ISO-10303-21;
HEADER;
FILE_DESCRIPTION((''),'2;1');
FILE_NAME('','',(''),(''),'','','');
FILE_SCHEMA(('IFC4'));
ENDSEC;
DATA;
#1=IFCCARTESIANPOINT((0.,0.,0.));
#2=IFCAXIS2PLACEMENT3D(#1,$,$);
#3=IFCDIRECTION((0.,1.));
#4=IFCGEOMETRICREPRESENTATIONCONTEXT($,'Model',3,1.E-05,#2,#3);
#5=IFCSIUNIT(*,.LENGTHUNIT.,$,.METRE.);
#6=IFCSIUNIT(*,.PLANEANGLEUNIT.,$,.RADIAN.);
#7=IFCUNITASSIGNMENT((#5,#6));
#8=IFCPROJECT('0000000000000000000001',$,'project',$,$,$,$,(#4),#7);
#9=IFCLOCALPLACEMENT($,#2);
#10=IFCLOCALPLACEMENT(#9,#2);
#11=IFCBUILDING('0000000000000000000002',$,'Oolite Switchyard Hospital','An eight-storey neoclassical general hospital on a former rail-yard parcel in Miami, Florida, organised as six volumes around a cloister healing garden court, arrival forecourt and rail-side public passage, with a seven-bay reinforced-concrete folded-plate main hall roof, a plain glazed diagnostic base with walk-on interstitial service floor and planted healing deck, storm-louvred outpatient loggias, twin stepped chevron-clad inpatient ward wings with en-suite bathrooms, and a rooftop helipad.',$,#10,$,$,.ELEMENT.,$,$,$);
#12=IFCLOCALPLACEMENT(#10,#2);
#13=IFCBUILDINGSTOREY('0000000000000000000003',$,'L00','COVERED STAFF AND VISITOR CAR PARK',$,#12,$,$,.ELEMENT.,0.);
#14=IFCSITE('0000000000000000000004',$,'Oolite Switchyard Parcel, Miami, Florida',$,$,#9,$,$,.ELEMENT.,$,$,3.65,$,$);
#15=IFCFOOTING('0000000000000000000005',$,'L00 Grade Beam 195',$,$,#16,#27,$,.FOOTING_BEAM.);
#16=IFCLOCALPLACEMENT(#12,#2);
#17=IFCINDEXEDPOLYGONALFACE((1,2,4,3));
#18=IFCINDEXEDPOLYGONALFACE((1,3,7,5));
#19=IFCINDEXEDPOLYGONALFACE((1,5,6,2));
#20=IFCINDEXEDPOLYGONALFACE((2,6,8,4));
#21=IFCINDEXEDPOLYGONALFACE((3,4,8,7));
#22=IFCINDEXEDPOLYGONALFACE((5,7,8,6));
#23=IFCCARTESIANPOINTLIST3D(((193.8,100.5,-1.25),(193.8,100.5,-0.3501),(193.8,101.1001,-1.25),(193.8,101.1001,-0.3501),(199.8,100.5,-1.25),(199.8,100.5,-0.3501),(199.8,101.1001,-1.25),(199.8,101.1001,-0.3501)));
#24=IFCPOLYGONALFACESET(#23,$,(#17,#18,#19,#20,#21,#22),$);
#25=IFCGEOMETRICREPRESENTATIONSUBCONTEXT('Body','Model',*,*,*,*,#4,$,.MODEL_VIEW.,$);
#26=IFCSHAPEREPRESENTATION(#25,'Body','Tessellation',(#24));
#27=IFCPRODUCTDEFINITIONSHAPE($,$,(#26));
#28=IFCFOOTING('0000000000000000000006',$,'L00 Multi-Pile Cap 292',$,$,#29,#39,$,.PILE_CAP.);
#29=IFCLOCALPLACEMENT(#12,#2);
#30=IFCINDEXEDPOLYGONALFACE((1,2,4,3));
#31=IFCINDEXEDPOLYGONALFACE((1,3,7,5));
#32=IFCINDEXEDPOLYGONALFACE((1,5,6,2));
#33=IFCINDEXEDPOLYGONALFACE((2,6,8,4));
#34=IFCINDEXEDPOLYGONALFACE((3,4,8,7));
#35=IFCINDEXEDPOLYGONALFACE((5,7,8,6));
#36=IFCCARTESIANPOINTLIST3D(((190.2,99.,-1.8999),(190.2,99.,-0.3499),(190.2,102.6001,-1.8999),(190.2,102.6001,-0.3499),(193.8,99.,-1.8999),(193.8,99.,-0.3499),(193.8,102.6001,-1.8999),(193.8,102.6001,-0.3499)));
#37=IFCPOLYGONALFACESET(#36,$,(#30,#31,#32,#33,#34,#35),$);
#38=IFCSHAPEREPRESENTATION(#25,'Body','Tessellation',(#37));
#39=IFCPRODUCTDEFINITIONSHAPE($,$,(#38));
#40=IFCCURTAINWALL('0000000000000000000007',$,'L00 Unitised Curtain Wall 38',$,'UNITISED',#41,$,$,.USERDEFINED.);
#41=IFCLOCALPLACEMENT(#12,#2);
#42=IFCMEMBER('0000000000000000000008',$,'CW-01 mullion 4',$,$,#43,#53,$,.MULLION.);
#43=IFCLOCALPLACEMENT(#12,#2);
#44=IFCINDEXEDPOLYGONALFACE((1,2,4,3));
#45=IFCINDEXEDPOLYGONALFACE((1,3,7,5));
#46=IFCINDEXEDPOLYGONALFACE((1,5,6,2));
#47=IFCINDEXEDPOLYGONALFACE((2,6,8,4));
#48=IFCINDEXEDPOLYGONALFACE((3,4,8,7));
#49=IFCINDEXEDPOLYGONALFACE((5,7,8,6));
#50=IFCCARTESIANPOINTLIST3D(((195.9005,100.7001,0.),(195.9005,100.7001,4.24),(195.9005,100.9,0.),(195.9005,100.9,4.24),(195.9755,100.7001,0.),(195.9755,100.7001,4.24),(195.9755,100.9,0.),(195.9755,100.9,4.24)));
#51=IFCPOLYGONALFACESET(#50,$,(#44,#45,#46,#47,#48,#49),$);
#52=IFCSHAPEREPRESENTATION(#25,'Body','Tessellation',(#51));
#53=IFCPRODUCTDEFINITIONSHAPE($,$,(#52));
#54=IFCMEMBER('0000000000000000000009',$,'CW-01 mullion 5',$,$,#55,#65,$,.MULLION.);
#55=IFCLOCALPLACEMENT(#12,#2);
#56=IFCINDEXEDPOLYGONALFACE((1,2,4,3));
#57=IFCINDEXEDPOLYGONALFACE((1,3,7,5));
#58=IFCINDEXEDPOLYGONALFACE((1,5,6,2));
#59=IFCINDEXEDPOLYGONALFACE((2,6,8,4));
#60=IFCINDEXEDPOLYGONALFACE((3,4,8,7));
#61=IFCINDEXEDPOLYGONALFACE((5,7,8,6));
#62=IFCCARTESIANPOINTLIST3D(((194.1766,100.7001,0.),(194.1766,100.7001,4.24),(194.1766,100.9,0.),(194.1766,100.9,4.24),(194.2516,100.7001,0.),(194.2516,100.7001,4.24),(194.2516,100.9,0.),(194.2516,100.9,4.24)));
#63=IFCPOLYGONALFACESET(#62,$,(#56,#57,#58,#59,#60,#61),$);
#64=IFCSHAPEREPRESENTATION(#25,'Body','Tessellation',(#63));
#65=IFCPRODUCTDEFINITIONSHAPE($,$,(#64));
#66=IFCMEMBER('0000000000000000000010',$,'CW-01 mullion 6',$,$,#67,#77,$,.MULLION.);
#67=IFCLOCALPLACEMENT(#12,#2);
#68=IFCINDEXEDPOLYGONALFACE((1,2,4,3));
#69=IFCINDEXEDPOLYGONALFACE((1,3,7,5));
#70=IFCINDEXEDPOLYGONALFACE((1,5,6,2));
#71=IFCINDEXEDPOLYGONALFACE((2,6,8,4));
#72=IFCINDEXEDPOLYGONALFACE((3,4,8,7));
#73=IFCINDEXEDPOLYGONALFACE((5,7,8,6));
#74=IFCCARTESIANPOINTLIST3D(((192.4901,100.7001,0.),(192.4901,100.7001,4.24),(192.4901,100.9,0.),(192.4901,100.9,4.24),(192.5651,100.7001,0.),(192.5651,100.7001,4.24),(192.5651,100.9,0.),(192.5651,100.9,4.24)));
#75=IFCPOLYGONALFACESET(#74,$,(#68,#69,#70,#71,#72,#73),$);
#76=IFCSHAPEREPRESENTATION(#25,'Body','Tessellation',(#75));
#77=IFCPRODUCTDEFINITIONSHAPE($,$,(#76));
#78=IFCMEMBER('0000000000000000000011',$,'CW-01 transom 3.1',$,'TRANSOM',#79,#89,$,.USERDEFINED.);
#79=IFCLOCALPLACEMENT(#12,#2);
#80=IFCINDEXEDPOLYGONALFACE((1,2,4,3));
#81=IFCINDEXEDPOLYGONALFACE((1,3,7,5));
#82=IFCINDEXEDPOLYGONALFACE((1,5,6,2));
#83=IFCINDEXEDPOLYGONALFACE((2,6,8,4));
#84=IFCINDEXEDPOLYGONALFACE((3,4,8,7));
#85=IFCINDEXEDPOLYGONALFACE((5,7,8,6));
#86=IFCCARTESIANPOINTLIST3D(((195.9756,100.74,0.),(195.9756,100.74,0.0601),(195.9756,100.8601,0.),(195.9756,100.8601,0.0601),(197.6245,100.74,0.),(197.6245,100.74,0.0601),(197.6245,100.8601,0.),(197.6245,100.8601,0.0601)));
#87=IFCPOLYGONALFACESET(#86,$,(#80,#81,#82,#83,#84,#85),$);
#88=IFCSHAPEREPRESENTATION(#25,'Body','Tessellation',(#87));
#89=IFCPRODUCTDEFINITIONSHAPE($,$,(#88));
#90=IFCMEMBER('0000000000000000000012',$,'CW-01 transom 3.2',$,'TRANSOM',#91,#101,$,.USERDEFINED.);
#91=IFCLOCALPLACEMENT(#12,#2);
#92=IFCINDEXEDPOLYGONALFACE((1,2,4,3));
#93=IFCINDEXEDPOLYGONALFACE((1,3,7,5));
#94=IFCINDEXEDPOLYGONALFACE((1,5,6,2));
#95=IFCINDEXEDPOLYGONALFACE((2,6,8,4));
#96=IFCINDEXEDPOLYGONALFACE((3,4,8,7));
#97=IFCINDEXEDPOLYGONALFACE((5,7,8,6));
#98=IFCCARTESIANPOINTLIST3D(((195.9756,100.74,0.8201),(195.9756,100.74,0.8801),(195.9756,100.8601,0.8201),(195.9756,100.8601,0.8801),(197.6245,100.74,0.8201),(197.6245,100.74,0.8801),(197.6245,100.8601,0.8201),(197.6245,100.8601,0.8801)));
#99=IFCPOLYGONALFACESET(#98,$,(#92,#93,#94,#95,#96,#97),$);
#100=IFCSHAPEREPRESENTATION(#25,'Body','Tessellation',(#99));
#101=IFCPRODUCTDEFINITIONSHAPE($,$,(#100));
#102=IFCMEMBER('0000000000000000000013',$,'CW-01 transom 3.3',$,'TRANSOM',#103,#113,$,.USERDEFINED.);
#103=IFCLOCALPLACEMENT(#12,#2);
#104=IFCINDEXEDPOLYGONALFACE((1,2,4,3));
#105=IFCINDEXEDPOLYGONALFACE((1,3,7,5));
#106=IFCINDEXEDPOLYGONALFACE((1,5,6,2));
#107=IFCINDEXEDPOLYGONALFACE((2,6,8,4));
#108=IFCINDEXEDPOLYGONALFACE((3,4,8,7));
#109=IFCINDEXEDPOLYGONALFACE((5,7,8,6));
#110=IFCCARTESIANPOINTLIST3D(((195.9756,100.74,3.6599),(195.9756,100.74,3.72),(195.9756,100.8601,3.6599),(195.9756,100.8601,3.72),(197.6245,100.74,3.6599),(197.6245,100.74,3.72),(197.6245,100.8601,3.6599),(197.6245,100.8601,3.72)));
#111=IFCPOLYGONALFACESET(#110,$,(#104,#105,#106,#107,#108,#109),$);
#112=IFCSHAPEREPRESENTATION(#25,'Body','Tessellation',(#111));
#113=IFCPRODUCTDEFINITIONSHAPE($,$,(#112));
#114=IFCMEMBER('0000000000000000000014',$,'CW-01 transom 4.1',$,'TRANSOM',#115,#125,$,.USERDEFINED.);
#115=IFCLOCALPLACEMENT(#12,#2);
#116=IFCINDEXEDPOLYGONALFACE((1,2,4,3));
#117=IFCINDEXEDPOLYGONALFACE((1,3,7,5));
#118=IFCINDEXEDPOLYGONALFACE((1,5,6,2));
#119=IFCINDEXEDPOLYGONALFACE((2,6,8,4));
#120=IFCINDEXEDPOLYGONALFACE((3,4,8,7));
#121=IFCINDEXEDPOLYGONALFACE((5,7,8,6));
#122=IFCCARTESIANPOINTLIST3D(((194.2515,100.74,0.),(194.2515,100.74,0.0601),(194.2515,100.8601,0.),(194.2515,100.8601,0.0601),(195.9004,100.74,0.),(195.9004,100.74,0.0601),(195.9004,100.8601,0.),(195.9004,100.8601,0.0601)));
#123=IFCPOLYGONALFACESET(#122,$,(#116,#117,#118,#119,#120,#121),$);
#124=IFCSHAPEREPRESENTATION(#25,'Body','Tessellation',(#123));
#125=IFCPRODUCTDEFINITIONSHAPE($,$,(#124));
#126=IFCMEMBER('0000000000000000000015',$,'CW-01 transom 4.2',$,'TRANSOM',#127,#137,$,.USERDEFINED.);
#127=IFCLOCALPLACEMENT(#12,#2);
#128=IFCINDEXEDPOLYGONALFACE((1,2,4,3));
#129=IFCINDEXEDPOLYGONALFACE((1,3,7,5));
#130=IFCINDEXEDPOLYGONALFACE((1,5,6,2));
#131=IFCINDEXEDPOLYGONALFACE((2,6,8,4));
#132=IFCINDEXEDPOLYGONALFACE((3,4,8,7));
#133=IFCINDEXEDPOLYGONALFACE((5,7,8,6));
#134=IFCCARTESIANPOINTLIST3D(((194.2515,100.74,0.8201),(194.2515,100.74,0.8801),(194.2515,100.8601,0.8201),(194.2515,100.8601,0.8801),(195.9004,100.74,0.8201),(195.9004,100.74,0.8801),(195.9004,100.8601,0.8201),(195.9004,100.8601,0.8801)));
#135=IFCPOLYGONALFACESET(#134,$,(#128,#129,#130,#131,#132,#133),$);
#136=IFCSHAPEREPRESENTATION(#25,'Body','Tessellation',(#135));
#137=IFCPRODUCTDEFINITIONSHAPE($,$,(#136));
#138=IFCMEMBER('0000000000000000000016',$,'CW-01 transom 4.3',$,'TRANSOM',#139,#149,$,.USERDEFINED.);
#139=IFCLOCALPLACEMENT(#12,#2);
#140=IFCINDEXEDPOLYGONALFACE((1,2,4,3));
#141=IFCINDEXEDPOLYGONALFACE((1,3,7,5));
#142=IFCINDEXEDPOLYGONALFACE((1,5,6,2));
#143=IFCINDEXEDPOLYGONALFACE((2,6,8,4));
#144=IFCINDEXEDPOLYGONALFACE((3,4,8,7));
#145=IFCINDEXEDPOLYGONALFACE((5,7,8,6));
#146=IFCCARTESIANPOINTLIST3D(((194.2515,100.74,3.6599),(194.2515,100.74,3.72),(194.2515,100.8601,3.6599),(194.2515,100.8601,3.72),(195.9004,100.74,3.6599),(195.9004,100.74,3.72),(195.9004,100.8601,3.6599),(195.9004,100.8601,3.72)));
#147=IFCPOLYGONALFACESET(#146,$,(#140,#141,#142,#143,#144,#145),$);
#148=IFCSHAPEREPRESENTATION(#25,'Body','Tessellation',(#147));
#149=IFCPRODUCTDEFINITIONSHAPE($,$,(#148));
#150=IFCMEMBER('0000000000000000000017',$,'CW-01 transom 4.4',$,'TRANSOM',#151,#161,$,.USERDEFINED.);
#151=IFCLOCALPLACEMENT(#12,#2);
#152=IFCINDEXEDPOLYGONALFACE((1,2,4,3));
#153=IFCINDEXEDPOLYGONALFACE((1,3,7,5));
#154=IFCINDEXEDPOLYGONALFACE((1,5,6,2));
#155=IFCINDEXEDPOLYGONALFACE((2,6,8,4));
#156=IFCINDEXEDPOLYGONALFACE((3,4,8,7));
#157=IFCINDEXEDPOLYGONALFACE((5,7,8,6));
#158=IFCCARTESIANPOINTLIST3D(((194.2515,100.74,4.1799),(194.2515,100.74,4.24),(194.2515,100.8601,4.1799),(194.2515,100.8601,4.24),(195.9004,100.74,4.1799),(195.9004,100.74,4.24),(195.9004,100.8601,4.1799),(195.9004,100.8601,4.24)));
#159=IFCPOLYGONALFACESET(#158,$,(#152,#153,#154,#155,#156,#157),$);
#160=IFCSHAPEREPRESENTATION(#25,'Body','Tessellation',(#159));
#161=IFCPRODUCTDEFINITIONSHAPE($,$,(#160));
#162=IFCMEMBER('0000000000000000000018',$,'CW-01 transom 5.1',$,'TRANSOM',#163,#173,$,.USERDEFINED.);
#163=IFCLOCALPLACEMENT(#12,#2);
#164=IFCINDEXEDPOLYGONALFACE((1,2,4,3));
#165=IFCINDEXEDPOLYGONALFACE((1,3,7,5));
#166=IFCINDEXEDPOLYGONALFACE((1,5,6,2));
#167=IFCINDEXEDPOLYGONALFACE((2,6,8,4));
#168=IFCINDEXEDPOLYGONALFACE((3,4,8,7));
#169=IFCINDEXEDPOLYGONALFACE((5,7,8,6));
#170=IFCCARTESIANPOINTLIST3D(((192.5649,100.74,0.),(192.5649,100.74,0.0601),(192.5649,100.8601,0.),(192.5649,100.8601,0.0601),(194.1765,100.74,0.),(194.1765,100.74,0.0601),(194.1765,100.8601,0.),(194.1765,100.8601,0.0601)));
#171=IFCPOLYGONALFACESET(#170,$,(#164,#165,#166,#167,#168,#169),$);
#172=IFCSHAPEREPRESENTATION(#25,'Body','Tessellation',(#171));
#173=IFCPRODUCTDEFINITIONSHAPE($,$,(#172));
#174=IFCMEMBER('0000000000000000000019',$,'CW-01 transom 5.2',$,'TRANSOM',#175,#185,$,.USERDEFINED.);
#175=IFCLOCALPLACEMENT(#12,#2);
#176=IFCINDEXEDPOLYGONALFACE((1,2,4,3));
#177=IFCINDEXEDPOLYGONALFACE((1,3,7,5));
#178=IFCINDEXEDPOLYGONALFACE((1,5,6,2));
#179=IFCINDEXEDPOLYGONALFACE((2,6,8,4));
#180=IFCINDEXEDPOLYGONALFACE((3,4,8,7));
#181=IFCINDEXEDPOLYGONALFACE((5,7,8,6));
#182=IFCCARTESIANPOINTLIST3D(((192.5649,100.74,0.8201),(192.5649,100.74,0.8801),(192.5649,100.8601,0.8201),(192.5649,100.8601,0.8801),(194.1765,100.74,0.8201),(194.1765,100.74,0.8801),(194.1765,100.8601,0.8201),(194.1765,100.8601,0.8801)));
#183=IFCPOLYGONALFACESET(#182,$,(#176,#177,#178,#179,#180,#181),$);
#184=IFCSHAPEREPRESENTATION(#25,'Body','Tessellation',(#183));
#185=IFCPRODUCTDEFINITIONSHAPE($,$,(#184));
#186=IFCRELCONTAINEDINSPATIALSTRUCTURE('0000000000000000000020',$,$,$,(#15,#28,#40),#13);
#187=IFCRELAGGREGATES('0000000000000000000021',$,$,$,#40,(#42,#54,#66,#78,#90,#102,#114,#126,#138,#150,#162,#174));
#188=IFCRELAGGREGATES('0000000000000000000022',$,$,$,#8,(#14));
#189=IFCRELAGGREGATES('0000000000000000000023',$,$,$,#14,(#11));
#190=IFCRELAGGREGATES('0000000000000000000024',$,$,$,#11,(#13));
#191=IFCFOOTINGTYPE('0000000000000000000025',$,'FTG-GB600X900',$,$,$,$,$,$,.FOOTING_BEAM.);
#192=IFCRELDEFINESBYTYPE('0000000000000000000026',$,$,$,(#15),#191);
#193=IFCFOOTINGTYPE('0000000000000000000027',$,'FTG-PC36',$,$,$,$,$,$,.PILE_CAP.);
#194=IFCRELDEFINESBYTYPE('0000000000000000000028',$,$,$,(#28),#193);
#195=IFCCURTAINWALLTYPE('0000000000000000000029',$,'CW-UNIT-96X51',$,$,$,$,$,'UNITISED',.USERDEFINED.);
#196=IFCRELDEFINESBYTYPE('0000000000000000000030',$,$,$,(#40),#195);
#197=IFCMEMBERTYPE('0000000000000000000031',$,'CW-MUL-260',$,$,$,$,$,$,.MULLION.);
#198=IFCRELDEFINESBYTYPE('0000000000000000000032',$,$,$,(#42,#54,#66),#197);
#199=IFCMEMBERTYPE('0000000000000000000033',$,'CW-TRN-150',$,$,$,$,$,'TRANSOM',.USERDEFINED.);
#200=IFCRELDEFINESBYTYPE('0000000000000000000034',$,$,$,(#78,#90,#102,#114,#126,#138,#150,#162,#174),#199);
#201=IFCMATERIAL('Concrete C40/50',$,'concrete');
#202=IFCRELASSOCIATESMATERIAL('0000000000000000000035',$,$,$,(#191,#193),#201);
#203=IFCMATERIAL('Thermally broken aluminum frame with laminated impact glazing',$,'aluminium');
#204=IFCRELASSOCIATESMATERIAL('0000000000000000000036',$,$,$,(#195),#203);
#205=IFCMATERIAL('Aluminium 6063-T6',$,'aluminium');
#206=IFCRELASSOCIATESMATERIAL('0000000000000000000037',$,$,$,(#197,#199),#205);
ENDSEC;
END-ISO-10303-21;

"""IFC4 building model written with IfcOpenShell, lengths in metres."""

from ifc_helpers import new_model, si_unit, direction, frame, origin, origin_2d, place, context, subcontext, project, spatial, rectangle, extrude, material, material_profile, profile_set, type_object, element, aggregate, save


model = new_model("IFC4")

# Units and contexts
model_context = context("Model", 3, precision=1e-05, world=origin(), true_north=direction((0.0, 1.0)))
body_context = subcontext(model_context, "Body", "Model", "MODEL_VIEW")
ifc_project = project(units=[si_unit("LENGTHUNIT", "METRE"), si_unit("PLANEANGLEUNIT", "RADIAN")], contexts=[model_context])

# Site, building, storey
site_placement = place(None, origin())
site = spatial("IfcSite", under=ifc_project, at=site_placement, Name="Oolite Switchyard Parcel, Miami, Florida", CompositionType="ELEMENT", RefElevation=3.65)
building_placement = place(site_placement, origin())
building = spatial("IfcBuilding", under=site, at=building_placement, Name="Oolite Switchyard Hospital", Description="An eight-storey neoclassical general hospital on a former rail-yard parcel in Miami, Florida, organised as six volumes around a cloister healing garden court, arrival forecourt and rail-side public passage, with a seven-bay reinforced-concrete folded-plate main hall roof, a plain glazed diagnostic base with walk-on interstitial service floor and planted healing deck, storm-louvred outpatient loggias, twin stepped chevron-clad inpatient ward wings with en-suite bathrooms, and a rooftop helipad.", CompositionType="ELEMENT")
storey_placement = place(building_placement, origin())
storey = spatial("IfcBuildingStorey", under=building, at=storey_placement, Name="L00", Description="COVERED STAFF AND VISITOR CAR PARK", CompositionType="ELEMENT", Elevation=0.0)

# Footings
ifc_material_1 = material(Name="Concrete C40/50", Category="concrete")
footing_type_1 = type_object("IfcFootingType", Name="FTG-GB600X900", PredefinedType="FOOTING_BEAM", material=ifc_material_1)
footing_1_placement = place(storey_placement, frame((196.8, 100.8, -1.25), z_axis=(0.0, 0.0, 1.0), x_axis=(1.0, 0.0, 0.0)))
element("IfcFooting", 1, at=footing_1_placement, inside=storey, type_object=footing_type_1, Name="L00 Grade Beam 195", PredefinedType="FOOTING_BEAM", context=body_context, shape_type="SweptSolid", body=[
    extrude(rectangle(XDim=6.0, YDim=0.6001, at=origin_2d()), origin(), (0.0, 0.0, 1.0), 0.8999),
])
footing_type_2 = type_object("IfcFootingType", Name="FTG-PC36", PredefinedType="PILE_CAP", material=ifc_material_1)
footing_2_placement = place(storey_placement, frame((192.0, 100.8, -1.8999), z_axis=(0.0, 0.0, 1.0), x_axis=(1.0, 0.0, 0.0)))
element("IfcFooting", 2, at=footing_2_placement, inside=storey, type_object=footing_type_2, Name="L00 Multi-Pile Cap 292", PredefinedType="PILE_CAP", context=body_context, shape_type="SweptSolid", body=[
    extrude(rectangle(XDim=3.6001, YDim=3.6001, at=origin_2d()), origin(), (0.0, 0.0, 1.0), 1.55),
])

# Curtain wall, members
ifc_material_2 = material(Name="Thermally broken aluminum frame with laminated impact glazing", Category="aluminium")
curtain_wall_type = type_object("IfcCurtainWallType", Name="CW-UNIT-96X51", ElementType="UNITISED", PredefinedType="USERDEFINED", material=ifc_material_2)
curtain_wall_placement = place(storey_placement, origin())
curtain_wall = element("IfcCurtainWall", 3, at=curtain_wall_placement, inside=storey, type_object=curtain_wall_type, Name="L00 Unitised Curtain Wall 38", ObjectType="UNITISED", PredefinedType="USERDEFINED")
ifc_material_3 = material(Name="Aluminium 6063-T6", Category="aluminium")
ifc_material_profile_1 = material_profile(ifc_material_3, rectangle(XDim=0.2, YDim=0.075, at=origin_2d()), Name="CWM75X200")
ifc_profile_set_1 = profile_set([ifc_material_profile_1], Name="Aluminium 6063-T6")
member_type_1 = type_object("IfcMemberType", Name="CW-MUL-260", PredefinedType="MULLION", material=ifc_profile_set_1)
member_1_placement = place(storey_placement, frame((195.938, 100.8, 0.0), z_axis=(0.0, 0.0, 1.0), x_axis=(0.0, -1.0, 0.0)))
member_1 = element("IfcMember", 4, at=member_1_placement, type_object=member_type_1, Name="CW-01 mullion 4", PredefinedType="MULLION", context=body_context, shape_type="SweptSolid", body=[
    extrude(rectangle(XDim=0.2, YDim=0.075, at=origin_2d()), origin(), (0.0, 0.0, 1.0), 4.24),
])
member_2_placement = place(storey_placement, frame((194.2141, 100.8, 0.0), z_axis=(0.0, 0.0, 1.0), x_axis=(0.0, -1.0, 0.0)))
member_2 = element("IfcMember", 5, at=member_2_placement, type_object=member_type_1, Name="CW-01 mullion 5", PredefinedType="MULLION", context=body_context, shape_type="SweptSolid", body=[
    extrude(rectangle(XDim=0.2, YDim=0.075, at=origin_2d()), origin(), (0.0, 0.0, 1.0), 4.24),
])
member_3_placement = place(storey_placement, frame((192.5276, 100.8, 0.0), z_axis=(0.0, 0.0, 1.0), x_axis=(0.0, -1.0, 0.0)))
member_3 = element("IfcMember", 6, at=member_3_placement, type_object=member_type_1, Name="CW-01 mullion 6", PredefinedType="MULLION", context=body_context, shape_type="SweptSolid", body=[
    extrude(rectangle(XDim=0.2, YDim=0.075, at=origin_2d()), origin(), (0.0, 0.0, 1.0), 4.24),
])
ifc_material_profile_2 = material_profile(ifc_material_3, rectangle(XDim=0.1201, YDim=0.0601, at=origin_2d()), Name="CWT60X120")
ifc_profile_set_2 = profile_set([ifc_material_profile_2], Name="Aluminium 6063-T6")
member_type_2 = type_object("IfcMemberType", Name="CW-TRN-150", ElementType="TRANSOM", PredefinedType="USERDEFINED", material=ifc_profile_set_2)
member_4_placement = place(storey_placement, frame((197.6245, 100.8, 0.03), z_axis=(-1.0, 0.0, 0.0), x_axis=(0.0, -1.0, 0.0)))
member_4 = element("IfcMember", 7, at=member_4_placement, type_object=member_type_2, Name="CW-01 transom 3.1", ObjectType="TRANSOM", PredefinedType="USERDEFINED", context=body_context, shape_type="SweptSolid", body=[
    extrude(rectangle(XDim=0.1201, YDim=0.0601, at=origin_2d()), origin(), (0.0, 0.0, 1.0), 1.6489),
])
member_5_placement = place(storey_placement, frame((197.6245, 100.8, 0.8501), z_axis=(-1.0, 0.0, 0.0), x_axis=(0.0, -1.0, 0.0)))
member_5 = element("IfcMember", 8, at=member_5_placement, type_object=member_type_2, Name="CW-01 transom 3.2", ObjectType="TRANSOM", PredefinedType="USERDEFINED", context=body_context, shape_type="SweptSolid", body=[
    extrude(rectangle(XDim=0.1201, YDim=0.0601, at=origin_2d()), origin(), (0.0, 0.0, 1.0), 1.6489),
])
member_6_placement = place(storey_placement, frame((197.6245, 100.8, 3.6899), z_axis=(-1.0, 0.0, 0.0), x_axis=(0.0, -1.0, 0.0)))
member_6 = element("IfcMember", 9, at=member_6_placement, type_object=member_type_2, Name="CW-01 transom 3.3", ObjectType="TRANSOM", PredefinedType="USERDEFINED", context=body_context, shape_type="SweptSolid", body=[
    extrude(rectangle(XDim=0.1201, YDim=0.0601, at=origin_2d()), origin(), (0.0, 0.0, 1.0), 1.6489),
])
member_7_placement = place(storey_placement, frame((195.9004, 100.8, 0.03), z_axis=(-1.0, 0.0, 0.0), x_axis=(0.0, -1.0, 0.0)))
member_7 = element("IfcMember", 10, at=member_7_placement, type_object=member_type_2, Name="CW-01 transom 4.1", ObjectType="TRANSOM", PredefinedType="USERDEFINED", context=body_context, shape_type="SweptSolid", body=[
    extrude(rectangle(XDim=0.1201, YDim=0.0601, at=origin_2d()), origin(), (0.0, 0.0, 1.0), 1.6489),
])
member_8_placement = place(storey_placement, frame((195.9004, 100.8, 0.8501), z_axis=(-1.0, 0.0, 0.0), x_axis=(0.0, -1.0, 0.0)))
member_8 = element("IfcMember", 11, at=member_8_placement, type_object=member_type_2, Name="CW-01 transom 4.2", ObjectType="TRANSOM", PredefinedType="USERDEFINED", context=body_context, shape_type="SweptSolid", body=[
    extrude(rectangle(XDim=0.1201, YDim=0.0601, at=origin_2d()), origin(), (0.0, 0.0, 1.0), 1.6489),
])
member_9_placement = place(storey_placement, frame((195.9004, 100.8, 3.6899), z_axis=(-1.0, 0.0, 0.0), x_axis=(0.0, -1.0, 0.0)))
member_9 = element("IfcMember", 12, at=member_9_placement, type_object=member_type_2, Name="CW-01 transom 4.3", ObjectType="TRANSOM", PredefinedType="USERDEFINED", context=body_context, shape_type="SweptSolid", body=[
    extrude(rectangle(XDim=0.1201, YDim=0.0601, at=origin_2d()), origin(), (0.0, 0.0, 1.0), 1.6489),
])
member_10_placement = place(storey_placement, frame((195.9004, 100.8, 4.21), z_axis=(-1.0, 0.0, 0.0), x_axis=(0.0, -1.0, 0.0)))
member_10 = element("IfcMember", 13, at=member_10_placement, type_object=member_type_2, Name="CW-01 transom 4.4", ObjectType="TRANSOM", PredefinedType="USERDEFINED", context=body_context, shape_type="SweptSolid", body=[
    extrude(rectangle(XDim=0.1201, YDim=0.0601, at=origin_2d()), origin(), (0.0, 0.0, 1.0), 1.6489),
])
member_11_placement = place(storey_placement, frame((194.1765, 100.8, 0.03), z_axis=(-1.0, 0.0, 0.0), x_axis=(0.0, -1.0, 0.0)))
member_11 = element("IfcMember", 14, at=member_11_placement, type_object=member_type_2, Name="CW-01 transom 5.1", ObjectType="TRANSOM", PredefinedType="USERDEFINED", context=body_context, shape_type="SweptSolid", body=[
    extrude(rectangle(XDim=0.1201, YDim=0.0601, at=origin_2d()), origin(), (0.0, 0.0, 1.0), 1.6116),
])
member_12_placement = place(storey_placement, frame((194.1765, 100.8, 0.8501), z_axis=(-1.0, 0.0, 0.0), x_axis=(0.0, -1.0, 0.0)))
member_12 = element("IfcMember", 15, at=member_12_placement, type_object=member_type_2, Name="CW-01 transom 5.2", ObjectType="TRANSOM", PredefinedType="USERDEFINED", context=body_context, shape_type="SweptSolid", body=[
    extrude(rectangle(XDim=0.1201, YDim=0.0601, at=origin_2d()), origin(), (0.0, 0.0, 1.0), 1.6116),
])
aggregate(curtain_wall, [member_1, member_2, member_3, member_4, member_5, member_6, member_7, member_8, member_9, member_10, member_11, member_12])

save(model, "model.ifc")
